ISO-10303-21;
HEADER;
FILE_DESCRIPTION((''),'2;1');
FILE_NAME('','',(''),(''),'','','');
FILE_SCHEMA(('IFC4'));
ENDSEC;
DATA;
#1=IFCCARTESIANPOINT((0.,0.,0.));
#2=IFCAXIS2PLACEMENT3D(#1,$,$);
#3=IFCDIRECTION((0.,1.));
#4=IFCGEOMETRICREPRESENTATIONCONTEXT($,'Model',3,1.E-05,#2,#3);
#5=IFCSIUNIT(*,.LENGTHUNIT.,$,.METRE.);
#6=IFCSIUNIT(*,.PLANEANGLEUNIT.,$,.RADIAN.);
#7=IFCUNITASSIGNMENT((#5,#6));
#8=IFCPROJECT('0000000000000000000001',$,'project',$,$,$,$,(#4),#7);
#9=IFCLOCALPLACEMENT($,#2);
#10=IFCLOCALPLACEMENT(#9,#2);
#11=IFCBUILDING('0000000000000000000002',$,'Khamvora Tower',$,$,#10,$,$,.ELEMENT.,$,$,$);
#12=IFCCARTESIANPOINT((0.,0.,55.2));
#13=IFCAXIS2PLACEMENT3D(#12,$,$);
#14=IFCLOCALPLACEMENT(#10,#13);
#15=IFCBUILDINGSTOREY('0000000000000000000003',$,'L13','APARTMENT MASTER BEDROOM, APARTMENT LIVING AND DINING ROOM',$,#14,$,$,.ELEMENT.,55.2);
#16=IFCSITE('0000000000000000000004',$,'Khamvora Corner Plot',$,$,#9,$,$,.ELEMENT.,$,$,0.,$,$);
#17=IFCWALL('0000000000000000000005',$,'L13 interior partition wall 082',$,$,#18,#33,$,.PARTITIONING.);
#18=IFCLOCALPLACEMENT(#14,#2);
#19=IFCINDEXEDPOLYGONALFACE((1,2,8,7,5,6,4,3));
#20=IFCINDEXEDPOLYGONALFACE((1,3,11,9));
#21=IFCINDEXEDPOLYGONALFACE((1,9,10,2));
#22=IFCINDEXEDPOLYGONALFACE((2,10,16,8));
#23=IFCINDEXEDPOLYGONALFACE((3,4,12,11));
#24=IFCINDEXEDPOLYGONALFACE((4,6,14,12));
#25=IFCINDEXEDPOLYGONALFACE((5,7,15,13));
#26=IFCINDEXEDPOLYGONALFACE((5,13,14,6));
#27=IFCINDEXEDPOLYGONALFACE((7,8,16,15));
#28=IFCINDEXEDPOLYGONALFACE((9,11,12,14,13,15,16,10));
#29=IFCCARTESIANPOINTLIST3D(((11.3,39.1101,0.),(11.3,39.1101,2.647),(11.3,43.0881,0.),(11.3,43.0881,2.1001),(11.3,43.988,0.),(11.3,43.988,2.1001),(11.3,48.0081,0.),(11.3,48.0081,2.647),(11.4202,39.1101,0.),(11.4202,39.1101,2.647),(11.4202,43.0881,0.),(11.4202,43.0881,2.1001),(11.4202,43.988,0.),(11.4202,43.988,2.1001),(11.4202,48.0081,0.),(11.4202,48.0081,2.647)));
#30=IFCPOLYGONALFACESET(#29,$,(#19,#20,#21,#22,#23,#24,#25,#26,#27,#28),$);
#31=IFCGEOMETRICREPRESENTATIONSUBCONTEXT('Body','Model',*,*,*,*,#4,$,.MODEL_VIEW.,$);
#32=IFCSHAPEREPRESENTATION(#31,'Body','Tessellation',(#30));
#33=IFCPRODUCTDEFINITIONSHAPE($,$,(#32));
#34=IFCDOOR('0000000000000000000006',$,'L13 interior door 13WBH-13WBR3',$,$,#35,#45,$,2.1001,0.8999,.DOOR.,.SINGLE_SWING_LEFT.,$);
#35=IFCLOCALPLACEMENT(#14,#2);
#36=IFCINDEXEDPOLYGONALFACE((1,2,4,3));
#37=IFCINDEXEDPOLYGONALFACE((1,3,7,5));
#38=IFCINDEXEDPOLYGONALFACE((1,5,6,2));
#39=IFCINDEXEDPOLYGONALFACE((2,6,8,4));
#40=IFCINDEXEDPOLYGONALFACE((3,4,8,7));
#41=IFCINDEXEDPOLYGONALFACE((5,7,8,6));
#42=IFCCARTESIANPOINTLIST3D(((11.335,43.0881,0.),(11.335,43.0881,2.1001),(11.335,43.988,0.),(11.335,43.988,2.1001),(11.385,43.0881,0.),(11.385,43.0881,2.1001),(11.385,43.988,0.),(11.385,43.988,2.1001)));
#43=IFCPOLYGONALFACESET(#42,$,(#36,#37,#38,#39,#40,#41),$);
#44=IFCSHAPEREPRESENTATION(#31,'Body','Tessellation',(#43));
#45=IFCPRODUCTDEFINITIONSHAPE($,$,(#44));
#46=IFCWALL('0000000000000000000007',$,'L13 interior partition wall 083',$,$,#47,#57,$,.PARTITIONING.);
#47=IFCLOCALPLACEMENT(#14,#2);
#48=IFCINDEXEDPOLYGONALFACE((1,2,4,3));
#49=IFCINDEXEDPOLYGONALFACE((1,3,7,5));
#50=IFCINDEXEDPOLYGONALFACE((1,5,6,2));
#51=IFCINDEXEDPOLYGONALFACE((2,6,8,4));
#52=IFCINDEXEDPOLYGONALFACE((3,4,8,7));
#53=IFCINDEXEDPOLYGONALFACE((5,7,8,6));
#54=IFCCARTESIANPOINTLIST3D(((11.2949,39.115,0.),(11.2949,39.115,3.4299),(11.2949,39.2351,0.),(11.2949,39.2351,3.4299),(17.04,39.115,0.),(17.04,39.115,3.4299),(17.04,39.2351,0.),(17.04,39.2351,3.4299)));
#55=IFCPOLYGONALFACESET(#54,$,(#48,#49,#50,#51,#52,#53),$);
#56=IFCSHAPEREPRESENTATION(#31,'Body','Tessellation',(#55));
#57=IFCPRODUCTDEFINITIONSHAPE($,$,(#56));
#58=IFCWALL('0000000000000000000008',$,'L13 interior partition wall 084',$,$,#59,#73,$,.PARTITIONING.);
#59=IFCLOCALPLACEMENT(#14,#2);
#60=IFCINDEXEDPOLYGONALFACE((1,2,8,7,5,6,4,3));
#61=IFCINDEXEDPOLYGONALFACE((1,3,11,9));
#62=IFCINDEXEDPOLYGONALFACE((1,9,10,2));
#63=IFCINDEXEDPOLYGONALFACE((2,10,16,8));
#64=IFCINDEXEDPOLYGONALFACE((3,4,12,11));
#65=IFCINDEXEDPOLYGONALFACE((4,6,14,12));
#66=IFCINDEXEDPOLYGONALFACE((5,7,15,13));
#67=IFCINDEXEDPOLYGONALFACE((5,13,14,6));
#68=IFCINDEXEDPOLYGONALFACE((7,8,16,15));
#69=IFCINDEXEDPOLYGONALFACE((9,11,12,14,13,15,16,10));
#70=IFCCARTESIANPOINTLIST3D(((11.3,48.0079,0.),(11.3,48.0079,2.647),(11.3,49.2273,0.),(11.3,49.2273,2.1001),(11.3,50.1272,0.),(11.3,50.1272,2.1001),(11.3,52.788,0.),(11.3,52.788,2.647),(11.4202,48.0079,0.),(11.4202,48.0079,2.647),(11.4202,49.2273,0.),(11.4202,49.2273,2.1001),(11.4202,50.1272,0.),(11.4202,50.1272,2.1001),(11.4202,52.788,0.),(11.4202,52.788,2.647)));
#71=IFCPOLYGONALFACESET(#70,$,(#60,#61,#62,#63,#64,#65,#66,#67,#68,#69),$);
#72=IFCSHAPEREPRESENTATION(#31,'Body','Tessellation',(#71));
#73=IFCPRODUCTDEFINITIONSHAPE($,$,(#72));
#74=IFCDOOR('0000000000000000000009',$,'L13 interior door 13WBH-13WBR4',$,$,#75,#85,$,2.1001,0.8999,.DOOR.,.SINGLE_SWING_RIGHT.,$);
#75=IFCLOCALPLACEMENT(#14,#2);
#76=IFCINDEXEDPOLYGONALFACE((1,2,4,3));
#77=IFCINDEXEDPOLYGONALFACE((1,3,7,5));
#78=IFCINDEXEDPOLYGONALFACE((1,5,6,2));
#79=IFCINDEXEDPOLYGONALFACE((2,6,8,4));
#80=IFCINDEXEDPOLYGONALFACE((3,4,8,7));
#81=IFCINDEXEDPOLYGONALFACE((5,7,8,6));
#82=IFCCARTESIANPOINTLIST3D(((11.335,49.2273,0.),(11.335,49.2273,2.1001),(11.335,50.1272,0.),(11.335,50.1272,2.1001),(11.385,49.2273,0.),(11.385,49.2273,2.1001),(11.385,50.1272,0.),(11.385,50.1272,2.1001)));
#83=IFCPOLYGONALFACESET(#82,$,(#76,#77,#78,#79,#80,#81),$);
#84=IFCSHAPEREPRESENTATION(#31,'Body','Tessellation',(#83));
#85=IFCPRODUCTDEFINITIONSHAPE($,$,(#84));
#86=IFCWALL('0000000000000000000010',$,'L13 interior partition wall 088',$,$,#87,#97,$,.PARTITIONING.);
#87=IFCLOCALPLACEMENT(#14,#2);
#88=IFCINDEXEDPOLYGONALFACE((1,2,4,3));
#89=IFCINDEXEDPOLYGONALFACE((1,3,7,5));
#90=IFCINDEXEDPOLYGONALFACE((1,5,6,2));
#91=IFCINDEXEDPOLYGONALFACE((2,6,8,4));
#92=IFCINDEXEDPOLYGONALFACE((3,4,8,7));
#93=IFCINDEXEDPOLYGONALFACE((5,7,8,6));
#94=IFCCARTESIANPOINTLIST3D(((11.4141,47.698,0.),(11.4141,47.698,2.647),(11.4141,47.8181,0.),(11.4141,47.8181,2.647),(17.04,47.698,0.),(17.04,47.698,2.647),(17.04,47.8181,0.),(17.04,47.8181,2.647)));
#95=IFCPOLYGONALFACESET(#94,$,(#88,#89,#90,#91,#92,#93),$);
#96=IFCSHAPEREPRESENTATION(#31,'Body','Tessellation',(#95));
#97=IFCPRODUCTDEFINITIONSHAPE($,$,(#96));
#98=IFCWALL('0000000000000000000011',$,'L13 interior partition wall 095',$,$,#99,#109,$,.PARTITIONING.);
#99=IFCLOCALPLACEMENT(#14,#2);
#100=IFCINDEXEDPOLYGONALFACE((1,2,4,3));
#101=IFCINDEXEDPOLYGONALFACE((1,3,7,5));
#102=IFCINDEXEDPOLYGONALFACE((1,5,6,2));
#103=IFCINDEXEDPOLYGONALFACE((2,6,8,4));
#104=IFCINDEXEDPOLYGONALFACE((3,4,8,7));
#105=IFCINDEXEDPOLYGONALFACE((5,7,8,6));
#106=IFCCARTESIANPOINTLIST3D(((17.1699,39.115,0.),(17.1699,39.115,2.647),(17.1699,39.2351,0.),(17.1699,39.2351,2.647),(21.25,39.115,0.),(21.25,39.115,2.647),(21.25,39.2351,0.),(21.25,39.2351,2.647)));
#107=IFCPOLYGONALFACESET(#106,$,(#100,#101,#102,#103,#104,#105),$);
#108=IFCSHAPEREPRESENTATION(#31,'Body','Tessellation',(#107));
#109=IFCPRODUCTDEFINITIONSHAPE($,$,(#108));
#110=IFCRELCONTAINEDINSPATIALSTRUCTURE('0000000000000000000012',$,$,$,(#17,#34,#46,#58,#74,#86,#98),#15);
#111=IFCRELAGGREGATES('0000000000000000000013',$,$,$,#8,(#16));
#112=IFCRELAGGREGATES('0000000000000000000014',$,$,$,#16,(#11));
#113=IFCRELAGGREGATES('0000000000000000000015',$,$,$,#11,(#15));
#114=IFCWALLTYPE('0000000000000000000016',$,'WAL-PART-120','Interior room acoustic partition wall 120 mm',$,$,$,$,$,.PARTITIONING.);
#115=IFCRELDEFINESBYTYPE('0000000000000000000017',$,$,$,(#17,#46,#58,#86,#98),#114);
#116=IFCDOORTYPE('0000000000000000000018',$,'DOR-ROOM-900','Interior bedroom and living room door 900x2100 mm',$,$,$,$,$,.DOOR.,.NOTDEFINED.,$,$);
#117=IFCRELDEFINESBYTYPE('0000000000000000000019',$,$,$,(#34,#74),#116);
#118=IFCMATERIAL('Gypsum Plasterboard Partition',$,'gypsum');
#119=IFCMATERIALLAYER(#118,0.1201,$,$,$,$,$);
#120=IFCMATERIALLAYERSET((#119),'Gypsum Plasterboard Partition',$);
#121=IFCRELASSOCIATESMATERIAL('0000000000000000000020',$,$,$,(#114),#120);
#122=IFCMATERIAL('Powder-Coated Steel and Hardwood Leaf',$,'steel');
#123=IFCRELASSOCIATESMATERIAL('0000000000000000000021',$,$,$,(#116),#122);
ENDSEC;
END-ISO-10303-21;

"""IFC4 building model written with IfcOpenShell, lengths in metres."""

from ifc_helpers import new_model, si_unit, direction, frame, frame_2d, origin, place, context, subcontext, project, spatial, rectangle, extrude, material, layer, layer_set, type_object, element, fill, save


model = new_model("IFC4")

# Units and contexts
model_context = context("Model", 3, precision=1e-05, world=origin(), true_north=direction((0.0, 1.0)))
body_context = subcontext(model_context, "Body", "Model", "MODEL_VIEW")
ifc_project = project(units=[si_unit("LENGTHUNIT", "METRE"), si_unit("PLANEANGLEUNIT", "RADIAN")], contexts=[model_context])

# Site, building, storey
site_placement = place(None, origin())
site = spatial("IfcSite", under=ifc_project, at=site_placement, Name="Khamvora Corner Plot", CompositionType="ELEMENT", RefElevation=0.0)
building_placement = place(site_placement, origin())
building = spatial("IfcBuilding", under=site, at=building_placement, Name="Khamvora Tower", CompositionType="ELEMENT")
storey_placement = place(building_placement, frame((0.0, 0.0, 55.2)))
storey = spatial("IfcBuildingStorey", under=building, at=storey_placement, Name="L13", Description="APARTMENT MASTER BEDROOM, APARTMENT LIVING AND DINING ROOM", CompositionType="ELEMENT", Elevation=55.2)

# Wall, opening, door
ifc_material_1 = material(Name="Gypsum Plasterboard Partition", Category="gypsum")
ifc_layer_1 = layer(ifc_material_1, 0.1201)
ifc_layer_set_1 = layer_set([ifc_layer_1], Name="Gypsum Plasterboard Partition")
wall_type_1 = type_object("IfcWallType", Name="WAL-PART-120", Description="Interior room acoustic partition wall 120 mm", PredefinedType="PARTITIONING", material=ifc_layer_set_1)
ifc_material_2 = material(Name="Powder-Coated Steel and Hardwood Leaf", Category="steel")
door_type = type_object("IfcDoorType", Name="DOR-ROOM-900", Description="Interior bedroom and living room door 900x2100 mm", OperationType="NOTDEFINED", PredefinedType="DOOR", material=ifc_material_2)
wall_1_placement = place(storey_placement, frame((11.3601, 48.0081, 0.0), z_axis=(0.0, 0.0, 1.0), x_axis=(0.0, -1.0, 0.0)))
wall_1 = element("IfcWall", 1, at=wall_1_placement, inside=storey, type_object=wall_type_1, Name="L13 interior partition wall 082", PredefinedType="PARTITIONING", context=body_context, shape_type="SweptSolid", body=[
    extrude(rectangle(XDim=8.8979, YDim=0.1201, at=frame_2d((4.449, 0.0))), origin(), (0.0, 0.0, 1.0), 2.647),
])
opening_1_placement = place(wall_1_placement, frame((4.02, 0.0, 0.0)))
opening_1 = element("IfcOpeningElement", 2, at=opening_1_placement, cuts=wall_1, PredefinedType="OPENING", context=body_context, shape_type="SweptSolid", body=[
    extrude(rectangle(XDim=0.8999, YDim=2.1001, at=frame_2d((0.45, 1.05))), frame((0.0, 0.0701, 0.0), z_axis=(0.0, -1.0, 0.0), x_axis=(1.0, 0.0, 0.0)), (0.0, 0.0, 1.0), 0.1401),
])
door_1_placement = place(opening_1_placement, origin())
door_1 = element("IfcDoor", 3, at=door_1_placement, inside=storey, type_object=door_type, Name="L13 interior door 13WBH-13WBR3", OperationType="SINGLE_SWING_LEFT", OverallHeight=2.1001, OverallWidth=0.8999, PredefinedType="DOOR", context=body_context, shape_type="SweptSolid", body=[
    extrude(rectangle(XDim=0.8999, YDim=2.1001, at=frame_2d((0.45, 1.05))), frame((0.0, 0.0249, 0.0), z_axis=(0.0, -1.0, 0.0), x_axis=(1.0, 0.0, 0.0)), (0.0, 0.0, 1.0), 0.05),
])
fill(opening_1, door_1)

# Wall
wall_2_placement = place(storey_placement, frame((11.2949, 39.175, 0.0), z_axis=(0.0, 0.0, 1.0), x_axis=(1.0, 0.0, 0.0)))
element("IfcWall", 4, at=wall_2_placement, inside=storey, type_object=wall_type_1, Name="L13 interior partition wall 083", PredefinedType="PARTITIONING", context=body_context, shape_type="SweptSolid", body=[
    extrude(rectangle(XDim=5.7451, YDim=0.1201, at=frame_2d((2.8726, 0.0))), origin(), (0.0, 0.0, 1.0), 3.4299),
])

# Wall, opening, door
wall_3_placement = place(storey_placement, frame((11.3601, 52.7881, 0.0), z_axis=(0.0, 0.0, 1.0), x_axis=(0.0, -1.0, 0.0)))
wall_3 = element("IfcWall", 5, at=wall_3_placement, inside=storey, type_object=wall_type_1, Name="L13 interior partition wall 084", PredefinedType="PARTITIONING", context=body_context, shape_type="SweptSolid", body=[
    extrude(rectangle(XDim=4.78, YDim=0.1201, at=frame_2d((2.3901, 0.0))), origin(), (0.0, 0.0, 1.0), 2.647),
])
opening_2_placement = place(wall_3_placement, frame((2.6609, 0.0, 0.0)))
opening_2 = element("IfcOpeningElement", 6, at=opening_2_placement, cuts=wall_3, PredefinedType="OPENING", context=body_context, shape_type="SweptSolid", body=[
    extrude(rectangle(XDim=0.8999, YDim=2.1001, at=frame_2d((0.45, 1.05))), frame((0.0, 0.0701, 0.0), z_axis=(0.0, -1.0, 0.0), x_axis=(1.0, 0.0, 0.0)), (0.0, 0.0, 1.0), 0.1401),
])
door_2_placement = place(opening_2_placement, origin())
door_2 = element("IfcDoor", 7, at=door_2_placement, inside=storey, type_object=door_type, Name="L13 interior door 13WBH-13WBR4", OperationType="SINGLE_SWING_RIGHT", OverallHeight=2.1001, OverallWidth=0.8999, PredefinedType="DOOR", context=body_context, shape_type="SweptSolid", body=[
    extrude(rectangle(XDim=0.8999, YDim=2.1001, at=frame_2d((0.45, 1.05))), frame((0.0, 0.0249, 0.0), z_axis=(0.0, -1.0, 0.0), x_axis=(1.0, 0.0, 0.0)), (0.0, 0.0, 1.0), 0.05),
])
fill(opening_2, door_2)

# Walls
wall_4_placement = place(storey_placement, frame((11.4141, 47.7581, 0.0), z_axis=(0.0, 0.0, 1.0), x_axis=(1.0, 0.0, 0.0)))
element("IfcWall", 8, at=wall_4_placement, inside=storey, type_object=wall_type_1, Name="L13 interior partition wall 088", PredefinedType="PARTITIONING", context=body_context, shape_type="SweptSolid", body=[
    extrude(rectangle(XDim=5.626, YDim=0.1201, at=frame_2d((2.813, 0.0))), origin(), (0.0, 0.0, 1.0), 2.647),
])
wall_5_placement = place(storey_placement, frame((17.1699, 39.175, 0.0), z_axis=(0.0, 0.0, 1.0), x_axis=(1.0, 0.0, 0.0)))
element("IfcWall", 9, at=wall_5_placement, inside=storey, type_object=wall_type_1, Name="L13 interior partition wall 095", PredefinedType="PARTITIONING", context=body_context, shape_type="SweptSolid", body=[
    extrude(rectangle(XDim=4.0801, YDim=0.1201, at=frame_2d((2.04, 0.0))), origin(), (0.0, 0.0, 1.0), 2.647),
])

save(model, "model.ifc")
